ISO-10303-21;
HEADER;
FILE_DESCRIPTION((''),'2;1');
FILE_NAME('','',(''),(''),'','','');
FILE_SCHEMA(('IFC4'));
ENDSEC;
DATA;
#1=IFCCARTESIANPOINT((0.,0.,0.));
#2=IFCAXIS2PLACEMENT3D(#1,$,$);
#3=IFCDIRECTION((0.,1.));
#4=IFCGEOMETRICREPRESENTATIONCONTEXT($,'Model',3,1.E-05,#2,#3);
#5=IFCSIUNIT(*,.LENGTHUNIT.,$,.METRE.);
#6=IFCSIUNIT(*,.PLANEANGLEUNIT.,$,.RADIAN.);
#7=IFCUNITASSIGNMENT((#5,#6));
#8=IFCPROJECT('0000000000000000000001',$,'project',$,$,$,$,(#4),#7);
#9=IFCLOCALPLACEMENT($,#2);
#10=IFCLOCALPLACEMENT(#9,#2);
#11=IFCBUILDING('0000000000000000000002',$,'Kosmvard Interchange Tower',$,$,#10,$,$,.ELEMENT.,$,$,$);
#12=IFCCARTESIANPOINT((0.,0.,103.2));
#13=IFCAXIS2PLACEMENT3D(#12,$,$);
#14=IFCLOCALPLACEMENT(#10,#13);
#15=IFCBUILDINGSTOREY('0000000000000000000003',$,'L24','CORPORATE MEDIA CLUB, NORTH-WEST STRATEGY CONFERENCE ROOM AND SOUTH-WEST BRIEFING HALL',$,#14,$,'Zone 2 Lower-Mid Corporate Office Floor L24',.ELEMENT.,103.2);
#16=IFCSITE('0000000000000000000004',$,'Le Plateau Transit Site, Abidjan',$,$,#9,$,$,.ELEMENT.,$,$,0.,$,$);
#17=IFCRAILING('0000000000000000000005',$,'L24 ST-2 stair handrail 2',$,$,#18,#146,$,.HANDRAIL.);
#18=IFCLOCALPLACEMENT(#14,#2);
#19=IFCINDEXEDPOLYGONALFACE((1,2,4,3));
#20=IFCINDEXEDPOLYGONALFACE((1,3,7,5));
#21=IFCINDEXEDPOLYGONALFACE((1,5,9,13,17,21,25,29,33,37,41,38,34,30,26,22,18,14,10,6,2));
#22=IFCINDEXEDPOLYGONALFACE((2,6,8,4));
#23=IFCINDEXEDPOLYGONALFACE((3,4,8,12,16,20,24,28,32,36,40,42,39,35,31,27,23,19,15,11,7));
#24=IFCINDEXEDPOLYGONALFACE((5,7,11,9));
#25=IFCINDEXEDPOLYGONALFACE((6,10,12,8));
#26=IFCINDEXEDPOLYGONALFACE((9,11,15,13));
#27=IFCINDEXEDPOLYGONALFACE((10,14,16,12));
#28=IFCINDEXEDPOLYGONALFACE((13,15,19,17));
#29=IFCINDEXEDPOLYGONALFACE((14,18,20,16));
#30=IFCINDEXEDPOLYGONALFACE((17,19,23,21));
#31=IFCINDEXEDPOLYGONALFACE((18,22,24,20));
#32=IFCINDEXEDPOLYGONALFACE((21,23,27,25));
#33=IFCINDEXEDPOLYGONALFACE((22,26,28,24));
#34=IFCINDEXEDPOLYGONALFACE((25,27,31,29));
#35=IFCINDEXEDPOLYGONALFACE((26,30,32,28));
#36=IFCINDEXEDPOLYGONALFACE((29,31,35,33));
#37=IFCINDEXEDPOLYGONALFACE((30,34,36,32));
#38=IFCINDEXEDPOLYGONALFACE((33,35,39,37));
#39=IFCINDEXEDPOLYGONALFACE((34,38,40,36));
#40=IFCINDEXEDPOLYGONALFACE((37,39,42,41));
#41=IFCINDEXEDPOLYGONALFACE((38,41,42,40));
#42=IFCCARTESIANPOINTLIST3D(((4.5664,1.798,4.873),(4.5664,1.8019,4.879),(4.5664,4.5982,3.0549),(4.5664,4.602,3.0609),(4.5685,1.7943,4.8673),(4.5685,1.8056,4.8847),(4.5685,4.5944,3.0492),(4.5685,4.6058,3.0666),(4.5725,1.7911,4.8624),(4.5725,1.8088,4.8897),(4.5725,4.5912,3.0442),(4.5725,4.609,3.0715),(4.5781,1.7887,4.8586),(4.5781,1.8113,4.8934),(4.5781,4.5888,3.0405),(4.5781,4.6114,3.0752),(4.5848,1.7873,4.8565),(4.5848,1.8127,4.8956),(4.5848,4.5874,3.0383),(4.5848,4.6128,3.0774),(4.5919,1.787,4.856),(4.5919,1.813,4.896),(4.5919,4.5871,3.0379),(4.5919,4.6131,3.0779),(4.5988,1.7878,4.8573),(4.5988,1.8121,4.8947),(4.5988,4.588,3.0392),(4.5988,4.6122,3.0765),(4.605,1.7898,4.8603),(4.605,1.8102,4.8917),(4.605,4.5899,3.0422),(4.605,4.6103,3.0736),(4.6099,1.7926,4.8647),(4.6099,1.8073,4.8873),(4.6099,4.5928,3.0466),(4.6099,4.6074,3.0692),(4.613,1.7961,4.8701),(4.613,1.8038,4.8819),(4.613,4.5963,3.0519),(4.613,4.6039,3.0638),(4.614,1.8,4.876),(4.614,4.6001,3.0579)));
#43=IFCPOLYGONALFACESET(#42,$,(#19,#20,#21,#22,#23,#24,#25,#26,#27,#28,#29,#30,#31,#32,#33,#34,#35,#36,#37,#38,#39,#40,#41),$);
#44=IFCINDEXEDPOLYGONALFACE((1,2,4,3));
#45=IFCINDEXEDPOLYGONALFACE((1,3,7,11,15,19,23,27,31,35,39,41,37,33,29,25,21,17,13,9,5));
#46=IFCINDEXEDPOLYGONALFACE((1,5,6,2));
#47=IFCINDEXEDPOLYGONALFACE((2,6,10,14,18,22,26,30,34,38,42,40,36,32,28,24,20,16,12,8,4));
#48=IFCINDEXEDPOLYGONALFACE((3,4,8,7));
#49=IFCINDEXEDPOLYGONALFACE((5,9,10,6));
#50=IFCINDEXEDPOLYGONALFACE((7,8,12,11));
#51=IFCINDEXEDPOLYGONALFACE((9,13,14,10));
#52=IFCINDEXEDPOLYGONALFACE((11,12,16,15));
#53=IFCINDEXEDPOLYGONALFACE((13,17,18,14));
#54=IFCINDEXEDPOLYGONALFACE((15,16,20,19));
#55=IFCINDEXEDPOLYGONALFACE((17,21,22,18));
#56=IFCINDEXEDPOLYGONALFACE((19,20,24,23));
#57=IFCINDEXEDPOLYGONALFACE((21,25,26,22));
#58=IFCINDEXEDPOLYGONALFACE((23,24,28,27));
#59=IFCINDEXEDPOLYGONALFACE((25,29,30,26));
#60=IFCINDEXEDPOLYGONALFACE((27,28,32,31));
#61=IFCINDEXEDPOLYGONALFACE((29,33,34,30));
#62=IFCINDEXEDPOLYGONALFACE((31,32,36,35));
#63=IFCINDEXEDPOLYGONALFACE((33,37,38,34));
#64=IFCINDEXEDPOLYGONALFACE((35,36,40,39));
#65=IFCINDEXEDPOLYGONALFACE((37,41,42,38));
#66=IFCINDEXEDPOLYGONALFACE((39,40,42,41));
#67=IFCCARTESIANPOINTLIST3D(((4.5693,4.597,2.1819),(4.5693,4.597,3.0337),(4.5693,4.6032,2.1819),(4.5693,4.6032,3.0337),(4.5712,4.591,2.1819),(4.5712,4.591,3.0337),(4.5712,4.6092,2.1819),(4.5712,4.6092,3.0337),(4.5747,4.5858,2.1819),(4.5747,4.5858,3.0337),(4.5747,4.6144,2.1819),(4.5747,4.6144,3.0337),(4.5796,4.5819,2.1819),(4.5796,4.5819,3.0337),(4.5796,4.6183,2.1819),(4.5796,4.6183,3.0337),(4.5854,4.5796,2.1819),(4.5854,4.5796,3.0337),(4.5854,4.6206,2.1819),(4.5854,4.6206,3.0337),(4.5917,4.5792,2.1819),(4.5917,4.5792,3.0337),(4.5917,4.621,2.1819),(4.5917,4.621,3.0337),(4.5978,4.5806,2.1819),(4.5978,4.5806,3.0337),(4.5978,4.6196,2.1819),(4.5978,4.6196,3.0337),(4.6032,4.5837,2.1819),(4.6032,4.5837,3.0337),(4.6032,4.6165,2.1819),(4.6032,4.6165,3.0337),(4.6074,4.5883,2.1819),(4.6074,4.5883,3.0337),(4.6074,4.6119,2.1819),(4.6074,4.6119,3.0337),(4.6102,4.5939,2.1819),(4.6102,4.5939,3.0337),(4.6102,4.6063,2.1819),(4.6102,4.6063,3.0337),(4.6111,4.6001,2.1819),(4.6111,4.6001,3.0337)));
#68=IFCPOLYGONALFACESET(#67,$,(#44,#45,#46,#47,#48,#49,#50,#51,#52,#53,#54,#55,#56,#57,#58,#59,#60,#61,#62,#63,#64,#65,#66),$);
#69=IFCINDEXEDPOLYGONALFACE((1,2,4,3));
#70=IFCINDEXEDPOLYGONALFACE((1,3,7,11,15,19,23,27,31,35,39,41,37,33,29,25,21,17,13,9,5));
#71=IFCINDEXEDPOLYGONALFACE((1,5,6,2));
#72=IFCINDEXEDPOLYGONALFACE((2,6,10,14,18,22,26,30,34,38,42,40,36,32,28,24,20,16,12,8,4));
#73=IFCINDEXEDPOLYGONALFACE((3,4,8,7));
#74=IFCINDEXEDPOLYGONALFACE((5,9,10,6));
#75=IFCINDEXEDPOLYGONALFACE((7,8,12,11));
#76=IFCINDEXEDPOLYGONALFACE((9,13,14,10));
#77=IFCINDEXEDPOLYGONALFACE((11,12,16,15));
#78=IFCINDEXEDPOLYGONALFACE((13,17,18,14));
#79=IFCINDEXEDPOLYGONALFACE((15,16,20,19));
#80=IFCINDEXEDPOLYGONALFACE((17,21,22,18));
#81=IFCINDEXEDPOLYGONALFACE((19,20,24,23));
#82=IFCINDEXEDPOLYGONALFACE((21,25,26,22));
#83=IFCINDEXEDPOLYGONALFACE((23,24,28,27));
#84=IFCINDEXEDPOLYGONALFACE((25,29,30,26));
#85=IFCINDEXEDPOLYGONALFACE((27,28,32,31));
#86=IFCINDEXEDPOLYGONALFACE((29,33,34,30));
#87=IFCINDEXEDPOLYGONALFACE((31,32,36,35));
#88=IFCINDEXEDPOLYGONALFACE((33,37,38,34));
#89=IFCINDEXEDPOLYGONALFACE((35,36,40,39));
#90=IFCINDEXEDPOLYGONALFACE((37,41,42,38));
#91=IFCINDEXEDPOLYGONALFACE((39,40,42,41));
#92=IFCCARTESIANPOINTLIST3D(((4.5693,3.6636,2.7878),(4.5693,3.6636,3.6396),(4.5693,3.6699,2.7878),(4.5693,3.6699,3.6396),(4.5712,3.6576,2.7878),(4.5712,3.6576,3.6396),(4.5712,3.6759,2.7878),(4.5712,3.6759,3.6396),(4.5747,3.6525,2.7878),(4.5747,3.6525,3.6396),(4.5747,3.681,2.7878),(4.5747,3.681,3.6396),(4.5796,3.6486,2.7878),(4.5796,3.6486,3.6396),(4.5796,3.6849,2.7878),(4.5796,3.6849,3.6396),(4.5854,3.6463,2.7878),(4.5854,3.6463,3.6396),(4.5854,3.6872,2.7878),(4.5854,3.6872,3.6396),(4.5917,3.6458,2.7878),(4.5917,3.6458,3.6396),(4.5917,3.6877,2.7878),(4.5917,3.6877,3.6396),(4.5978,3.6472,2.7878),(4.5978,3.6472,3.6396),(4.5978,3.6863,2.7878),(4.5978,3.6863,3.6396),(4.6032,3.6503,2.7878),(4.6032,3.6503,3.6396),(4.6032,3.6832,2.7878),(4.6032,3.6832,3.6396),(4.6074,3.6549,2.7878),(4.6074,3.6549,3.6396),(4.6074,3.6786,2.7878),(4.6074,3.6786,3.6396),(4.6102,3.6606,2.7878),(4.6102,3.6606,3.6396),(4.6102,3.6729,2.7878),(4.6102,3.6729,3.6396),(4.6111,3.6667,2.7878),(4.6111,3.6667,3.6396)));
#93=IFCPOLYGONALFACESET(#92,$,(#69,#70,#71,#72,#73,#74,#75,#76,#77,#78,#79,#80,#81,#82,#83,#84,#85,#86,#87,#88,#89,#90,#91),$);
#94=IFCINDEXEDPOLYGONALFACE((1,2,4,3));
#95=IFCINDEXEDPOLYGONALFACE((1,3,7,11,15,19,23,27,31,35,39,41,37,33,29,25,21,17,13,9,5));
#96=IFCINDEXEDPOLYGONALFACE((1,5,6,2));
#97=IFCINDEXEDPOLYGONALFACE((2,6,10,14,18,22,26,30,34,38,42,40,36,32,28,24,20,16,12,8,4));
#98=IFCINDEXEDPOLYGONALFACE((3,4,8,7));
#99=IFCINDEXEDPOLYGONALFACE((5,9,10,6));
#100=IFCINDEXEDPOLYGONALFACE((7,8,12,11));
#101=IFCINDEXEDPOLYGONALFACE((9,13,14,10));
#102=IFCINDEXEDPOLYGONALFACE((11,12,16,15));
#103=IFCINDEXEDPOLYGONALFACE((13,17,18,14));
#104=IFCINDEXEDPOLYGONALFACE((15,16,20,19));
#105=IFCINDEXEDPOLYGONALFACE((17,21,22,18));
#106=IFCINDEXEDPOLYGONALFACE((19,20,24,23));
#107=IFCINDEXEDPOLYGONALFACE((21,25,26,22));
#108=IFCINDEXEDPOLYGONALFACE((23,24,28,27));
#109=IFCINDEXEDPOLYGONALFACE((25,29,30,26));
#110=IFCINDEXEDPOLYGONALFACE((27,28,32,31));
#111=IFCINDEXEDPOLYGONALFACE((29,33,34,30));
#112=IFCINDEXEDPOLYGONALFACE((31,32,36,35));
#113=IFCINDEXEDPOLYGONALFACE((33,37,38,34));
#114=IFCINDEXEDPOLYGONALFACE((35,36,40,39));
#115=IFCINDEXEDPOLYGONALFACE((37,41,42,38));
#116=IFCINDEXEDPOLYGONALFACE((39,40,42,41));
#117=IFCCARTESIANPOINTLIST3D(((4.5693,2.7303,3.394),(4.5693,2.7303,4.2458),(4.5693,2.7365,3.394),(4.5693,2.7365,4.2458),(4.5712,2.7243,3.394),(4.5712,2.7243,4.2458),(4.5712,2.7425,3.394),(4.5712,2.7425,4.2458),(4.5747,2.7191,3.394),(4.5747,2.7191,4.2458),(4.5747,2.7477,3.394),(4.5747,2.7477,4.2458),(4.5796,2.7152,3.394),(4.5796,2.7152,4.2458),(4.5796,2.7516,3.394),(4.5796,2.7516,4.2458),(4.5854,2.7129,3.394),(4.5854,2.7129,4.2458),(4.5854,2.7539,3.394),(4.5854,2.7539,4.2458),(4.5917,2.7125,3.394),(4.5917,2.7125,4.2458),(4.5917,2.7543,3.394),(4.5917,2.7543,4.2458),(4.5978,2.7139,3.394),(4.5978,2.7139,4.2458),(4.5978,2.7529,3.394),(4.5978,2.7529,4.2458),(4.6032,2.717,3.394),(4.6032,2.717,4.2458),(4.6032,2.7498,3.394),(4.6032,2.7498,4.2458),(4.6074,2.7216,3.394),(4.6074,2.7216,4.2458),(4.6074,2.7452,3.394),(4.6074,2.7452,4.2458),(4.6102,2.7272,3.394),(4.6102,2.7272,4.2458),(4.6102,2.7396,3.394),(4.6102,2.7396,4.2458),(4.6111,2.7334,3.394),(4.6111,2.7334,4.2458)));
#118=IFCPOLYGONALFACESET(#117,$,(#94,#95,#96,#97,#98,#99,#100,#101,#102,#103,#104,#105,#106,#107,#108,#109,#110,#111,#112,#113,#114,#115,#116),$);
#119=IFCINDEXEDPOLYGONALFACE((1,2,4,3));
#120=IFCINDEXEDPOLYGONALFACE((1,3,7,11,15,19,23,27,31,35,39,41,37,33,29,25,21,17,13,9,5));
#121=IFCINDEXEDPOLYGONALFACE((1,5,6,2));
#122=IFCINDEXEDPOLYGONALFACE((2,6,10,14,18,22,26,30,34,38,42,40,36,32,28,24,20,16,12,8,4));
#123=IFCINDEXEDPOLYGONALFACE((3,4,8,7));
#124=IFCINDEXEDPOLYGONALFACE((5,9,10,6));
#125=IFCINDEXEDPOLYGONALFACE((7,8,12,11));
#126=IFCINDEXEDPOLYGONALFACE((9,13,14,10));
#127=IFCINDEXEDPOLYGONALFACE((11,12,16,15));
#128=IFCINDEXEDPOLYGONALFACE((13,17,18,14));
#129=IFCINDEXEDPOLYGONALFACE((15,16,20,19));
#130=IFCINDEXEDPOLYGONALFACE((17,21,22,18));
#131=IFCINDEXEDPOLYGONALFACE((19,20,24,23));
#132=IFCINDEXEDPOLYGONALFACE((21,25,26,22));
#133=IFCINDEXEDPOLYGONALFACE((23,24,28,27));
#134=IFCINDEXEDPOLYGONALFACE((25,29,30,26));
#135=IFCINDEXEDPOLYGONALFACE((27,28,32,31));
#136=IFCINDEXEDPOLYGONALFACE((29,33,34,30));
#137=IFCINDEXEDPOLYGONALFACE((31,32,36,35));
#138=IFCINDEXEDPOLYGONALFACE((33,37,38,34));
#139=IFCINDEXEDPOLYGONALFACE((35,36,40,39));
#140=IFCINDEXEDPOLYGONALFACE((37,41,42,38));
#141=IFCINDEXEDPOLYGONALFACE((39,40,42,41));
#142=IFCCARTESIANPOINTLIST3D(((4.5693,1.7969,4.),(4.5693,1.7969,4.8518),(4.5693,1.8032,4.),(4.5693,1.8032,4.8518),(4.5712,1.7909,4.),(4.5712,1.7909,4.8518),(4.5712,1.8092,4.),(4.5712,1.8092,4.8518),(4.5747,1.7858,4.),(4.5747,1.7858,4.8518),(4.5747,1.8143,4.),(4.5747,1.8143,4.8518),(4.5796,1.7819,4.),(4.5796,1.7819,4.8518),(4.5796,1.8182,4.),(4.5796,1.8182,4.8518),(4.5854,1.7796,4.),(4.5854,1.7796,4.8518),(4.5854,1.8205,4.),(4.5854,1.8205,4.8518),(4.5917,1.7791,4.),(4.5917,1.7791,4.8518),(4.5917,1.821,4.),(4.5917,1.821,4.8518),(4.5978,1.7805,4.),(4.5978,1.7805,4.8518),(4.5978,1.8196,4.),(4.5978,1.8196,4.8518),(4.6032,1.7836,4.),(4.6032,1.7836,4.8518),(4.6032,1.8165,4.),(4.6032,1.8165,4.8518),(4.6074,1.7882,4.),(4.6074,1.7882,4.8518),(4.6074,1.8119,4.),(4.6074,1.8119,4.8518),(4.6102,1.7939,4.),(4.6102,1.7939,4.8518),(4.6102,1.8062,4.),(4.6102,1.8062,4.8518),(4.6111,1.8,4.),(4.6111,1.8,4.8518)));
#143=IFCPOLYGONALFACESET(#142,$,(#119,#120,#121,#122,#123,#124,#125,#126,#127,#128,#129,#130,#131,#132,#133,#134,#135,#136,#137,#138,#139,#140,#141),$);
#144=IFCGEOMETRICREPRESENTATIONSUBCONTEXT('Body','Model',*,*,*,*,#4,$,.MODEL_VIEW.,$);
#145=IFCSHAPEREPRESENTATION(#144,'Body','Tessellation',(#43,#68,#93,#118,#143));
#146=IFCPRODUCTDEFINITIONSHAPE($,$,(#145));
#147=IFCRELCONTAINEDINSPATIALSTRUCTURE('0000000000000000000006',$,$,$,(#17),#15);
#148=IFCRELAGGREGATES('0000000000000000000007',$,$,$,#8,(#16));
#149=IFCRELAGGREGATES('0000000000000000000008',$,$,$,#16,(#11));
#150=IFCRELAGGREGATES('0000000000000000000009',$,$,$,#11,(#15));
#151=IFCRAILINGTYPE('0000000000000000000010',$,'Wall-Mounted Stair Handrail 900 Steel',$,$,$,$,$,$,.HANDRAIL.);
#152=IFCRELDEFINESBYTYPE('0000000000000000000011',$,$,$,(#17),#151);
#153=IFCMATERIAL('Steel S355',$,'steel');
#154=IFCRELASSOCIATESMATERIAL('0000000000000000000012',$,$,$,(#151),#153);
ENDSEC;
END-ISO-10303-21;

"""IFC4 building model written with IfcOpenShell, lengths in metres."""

from ifc_helpers import new_model, si_unit, direction, frame, origin, origin_2d, place, context, subcontext, project, spatial, circle, extrude, source, transform, mapped, material, type_object, element, save


model = new_model("IFC4")

# Units and contexts
model_context = context("Model", 3, precision=1e-05, world=origin(), true_north=direction((0.0, 1.0)))
body_context = subcontext(model_context, "Body", "Model", "MODEL_VIEW")
ifc_project = project(units=[si_unit("LENGTHUNIT", "METRE"), si_unit("PLANEANGLEUNIT", "RADIAN")], contexts=[model_context])

# Site, building, storey
site_placement = place(None, origin())
site = spatial("IfcSite", under=ifc_project, at=site_placement, Name="Le Plateau Transit Site, Abidjan", CompositionType="ELEMENT", RefElevation=0.0)
building_placement = place(site_placement, origin())
building = spatial("IfcBuilding", under=site, at=building_placement, Name="Kosmvard Interchange Tower", CompositionType="ELEMENT")
storey_placement = place(building_placement, frame((0.0, 0.0, 103.2)))
storey = spatial("IfcBuildingStorey", under=building, at=storey_placement, Name="L24", Description="CORPORATE MEDIA CLUB, NORTH-WEST STRATEGY CONFERENCE ROOM AND SOUTH-WEST BRIEFING HALL", LongName="Zone 2 Lower-Mid Corporate Office Floor L24", CompositionType="ELEMENT", Elevation=103.2)

# Shared definitions
ifc_material_1 = material(Name="Steel S355", Category="steel")

# Railing
railing_type_1 = type_object("IfcRailingType", Name="Wall-Mounted Stair Handrail 900 Steel", PredefinedType="HANDRAIL", material=ifc_material_1)
shared_shape_1 = source(origin(), body_context, "Body", "SweptSolid", [
    extrude(circle(Radius=0.0239, at=origin_2d()), frame((0.0, 0.0, 0.876), z_axis=(0.0, -0.838706, 0.544585), x_axis=(1.0, 0.0, 0.0)), (0.0, 0.0, 1.0), 3.3386),
    extrude(circle(Radius=0.021, at=origin_2d()), origin(), (0.0, 0.0, 1.0), 0.8518),
    extrude(circle(Radius=0.021, at=origin_2d()), frame((0.0, -0.9333, 0.606)), (0.0, 0.0, 1.0), 0.8518),
    extrude(circle(Radius=0.021, at=origin_2d()), frame((0.0, -1.8667, 1.2122)), (0.0, 0.0, 1.0), 0.8518),
    extrude(circle(Radius=0.021, at=origin_2d()), frame((0.0, -2.8, 1.8181)), (0.0, 0.0, 1.0), 0.8518),
])
railing_1_placement = place(storey_placement, frame((4.5901, 4.6001, 2.1819)))
element("IfcRailing", 1, at=railing_1_placement, inside=storey, type_object=railing_type_1, Name="L24 ST-2 stair handrail 2", PredefinedType="HANDRAIL", context=body_context, shape_type="MappedRepresentation", body=[
    mapped(shared_shape_1, transform((0.0, 0.0, 0.0), scale=1.0)),
])

save(model, "model.ifc")
